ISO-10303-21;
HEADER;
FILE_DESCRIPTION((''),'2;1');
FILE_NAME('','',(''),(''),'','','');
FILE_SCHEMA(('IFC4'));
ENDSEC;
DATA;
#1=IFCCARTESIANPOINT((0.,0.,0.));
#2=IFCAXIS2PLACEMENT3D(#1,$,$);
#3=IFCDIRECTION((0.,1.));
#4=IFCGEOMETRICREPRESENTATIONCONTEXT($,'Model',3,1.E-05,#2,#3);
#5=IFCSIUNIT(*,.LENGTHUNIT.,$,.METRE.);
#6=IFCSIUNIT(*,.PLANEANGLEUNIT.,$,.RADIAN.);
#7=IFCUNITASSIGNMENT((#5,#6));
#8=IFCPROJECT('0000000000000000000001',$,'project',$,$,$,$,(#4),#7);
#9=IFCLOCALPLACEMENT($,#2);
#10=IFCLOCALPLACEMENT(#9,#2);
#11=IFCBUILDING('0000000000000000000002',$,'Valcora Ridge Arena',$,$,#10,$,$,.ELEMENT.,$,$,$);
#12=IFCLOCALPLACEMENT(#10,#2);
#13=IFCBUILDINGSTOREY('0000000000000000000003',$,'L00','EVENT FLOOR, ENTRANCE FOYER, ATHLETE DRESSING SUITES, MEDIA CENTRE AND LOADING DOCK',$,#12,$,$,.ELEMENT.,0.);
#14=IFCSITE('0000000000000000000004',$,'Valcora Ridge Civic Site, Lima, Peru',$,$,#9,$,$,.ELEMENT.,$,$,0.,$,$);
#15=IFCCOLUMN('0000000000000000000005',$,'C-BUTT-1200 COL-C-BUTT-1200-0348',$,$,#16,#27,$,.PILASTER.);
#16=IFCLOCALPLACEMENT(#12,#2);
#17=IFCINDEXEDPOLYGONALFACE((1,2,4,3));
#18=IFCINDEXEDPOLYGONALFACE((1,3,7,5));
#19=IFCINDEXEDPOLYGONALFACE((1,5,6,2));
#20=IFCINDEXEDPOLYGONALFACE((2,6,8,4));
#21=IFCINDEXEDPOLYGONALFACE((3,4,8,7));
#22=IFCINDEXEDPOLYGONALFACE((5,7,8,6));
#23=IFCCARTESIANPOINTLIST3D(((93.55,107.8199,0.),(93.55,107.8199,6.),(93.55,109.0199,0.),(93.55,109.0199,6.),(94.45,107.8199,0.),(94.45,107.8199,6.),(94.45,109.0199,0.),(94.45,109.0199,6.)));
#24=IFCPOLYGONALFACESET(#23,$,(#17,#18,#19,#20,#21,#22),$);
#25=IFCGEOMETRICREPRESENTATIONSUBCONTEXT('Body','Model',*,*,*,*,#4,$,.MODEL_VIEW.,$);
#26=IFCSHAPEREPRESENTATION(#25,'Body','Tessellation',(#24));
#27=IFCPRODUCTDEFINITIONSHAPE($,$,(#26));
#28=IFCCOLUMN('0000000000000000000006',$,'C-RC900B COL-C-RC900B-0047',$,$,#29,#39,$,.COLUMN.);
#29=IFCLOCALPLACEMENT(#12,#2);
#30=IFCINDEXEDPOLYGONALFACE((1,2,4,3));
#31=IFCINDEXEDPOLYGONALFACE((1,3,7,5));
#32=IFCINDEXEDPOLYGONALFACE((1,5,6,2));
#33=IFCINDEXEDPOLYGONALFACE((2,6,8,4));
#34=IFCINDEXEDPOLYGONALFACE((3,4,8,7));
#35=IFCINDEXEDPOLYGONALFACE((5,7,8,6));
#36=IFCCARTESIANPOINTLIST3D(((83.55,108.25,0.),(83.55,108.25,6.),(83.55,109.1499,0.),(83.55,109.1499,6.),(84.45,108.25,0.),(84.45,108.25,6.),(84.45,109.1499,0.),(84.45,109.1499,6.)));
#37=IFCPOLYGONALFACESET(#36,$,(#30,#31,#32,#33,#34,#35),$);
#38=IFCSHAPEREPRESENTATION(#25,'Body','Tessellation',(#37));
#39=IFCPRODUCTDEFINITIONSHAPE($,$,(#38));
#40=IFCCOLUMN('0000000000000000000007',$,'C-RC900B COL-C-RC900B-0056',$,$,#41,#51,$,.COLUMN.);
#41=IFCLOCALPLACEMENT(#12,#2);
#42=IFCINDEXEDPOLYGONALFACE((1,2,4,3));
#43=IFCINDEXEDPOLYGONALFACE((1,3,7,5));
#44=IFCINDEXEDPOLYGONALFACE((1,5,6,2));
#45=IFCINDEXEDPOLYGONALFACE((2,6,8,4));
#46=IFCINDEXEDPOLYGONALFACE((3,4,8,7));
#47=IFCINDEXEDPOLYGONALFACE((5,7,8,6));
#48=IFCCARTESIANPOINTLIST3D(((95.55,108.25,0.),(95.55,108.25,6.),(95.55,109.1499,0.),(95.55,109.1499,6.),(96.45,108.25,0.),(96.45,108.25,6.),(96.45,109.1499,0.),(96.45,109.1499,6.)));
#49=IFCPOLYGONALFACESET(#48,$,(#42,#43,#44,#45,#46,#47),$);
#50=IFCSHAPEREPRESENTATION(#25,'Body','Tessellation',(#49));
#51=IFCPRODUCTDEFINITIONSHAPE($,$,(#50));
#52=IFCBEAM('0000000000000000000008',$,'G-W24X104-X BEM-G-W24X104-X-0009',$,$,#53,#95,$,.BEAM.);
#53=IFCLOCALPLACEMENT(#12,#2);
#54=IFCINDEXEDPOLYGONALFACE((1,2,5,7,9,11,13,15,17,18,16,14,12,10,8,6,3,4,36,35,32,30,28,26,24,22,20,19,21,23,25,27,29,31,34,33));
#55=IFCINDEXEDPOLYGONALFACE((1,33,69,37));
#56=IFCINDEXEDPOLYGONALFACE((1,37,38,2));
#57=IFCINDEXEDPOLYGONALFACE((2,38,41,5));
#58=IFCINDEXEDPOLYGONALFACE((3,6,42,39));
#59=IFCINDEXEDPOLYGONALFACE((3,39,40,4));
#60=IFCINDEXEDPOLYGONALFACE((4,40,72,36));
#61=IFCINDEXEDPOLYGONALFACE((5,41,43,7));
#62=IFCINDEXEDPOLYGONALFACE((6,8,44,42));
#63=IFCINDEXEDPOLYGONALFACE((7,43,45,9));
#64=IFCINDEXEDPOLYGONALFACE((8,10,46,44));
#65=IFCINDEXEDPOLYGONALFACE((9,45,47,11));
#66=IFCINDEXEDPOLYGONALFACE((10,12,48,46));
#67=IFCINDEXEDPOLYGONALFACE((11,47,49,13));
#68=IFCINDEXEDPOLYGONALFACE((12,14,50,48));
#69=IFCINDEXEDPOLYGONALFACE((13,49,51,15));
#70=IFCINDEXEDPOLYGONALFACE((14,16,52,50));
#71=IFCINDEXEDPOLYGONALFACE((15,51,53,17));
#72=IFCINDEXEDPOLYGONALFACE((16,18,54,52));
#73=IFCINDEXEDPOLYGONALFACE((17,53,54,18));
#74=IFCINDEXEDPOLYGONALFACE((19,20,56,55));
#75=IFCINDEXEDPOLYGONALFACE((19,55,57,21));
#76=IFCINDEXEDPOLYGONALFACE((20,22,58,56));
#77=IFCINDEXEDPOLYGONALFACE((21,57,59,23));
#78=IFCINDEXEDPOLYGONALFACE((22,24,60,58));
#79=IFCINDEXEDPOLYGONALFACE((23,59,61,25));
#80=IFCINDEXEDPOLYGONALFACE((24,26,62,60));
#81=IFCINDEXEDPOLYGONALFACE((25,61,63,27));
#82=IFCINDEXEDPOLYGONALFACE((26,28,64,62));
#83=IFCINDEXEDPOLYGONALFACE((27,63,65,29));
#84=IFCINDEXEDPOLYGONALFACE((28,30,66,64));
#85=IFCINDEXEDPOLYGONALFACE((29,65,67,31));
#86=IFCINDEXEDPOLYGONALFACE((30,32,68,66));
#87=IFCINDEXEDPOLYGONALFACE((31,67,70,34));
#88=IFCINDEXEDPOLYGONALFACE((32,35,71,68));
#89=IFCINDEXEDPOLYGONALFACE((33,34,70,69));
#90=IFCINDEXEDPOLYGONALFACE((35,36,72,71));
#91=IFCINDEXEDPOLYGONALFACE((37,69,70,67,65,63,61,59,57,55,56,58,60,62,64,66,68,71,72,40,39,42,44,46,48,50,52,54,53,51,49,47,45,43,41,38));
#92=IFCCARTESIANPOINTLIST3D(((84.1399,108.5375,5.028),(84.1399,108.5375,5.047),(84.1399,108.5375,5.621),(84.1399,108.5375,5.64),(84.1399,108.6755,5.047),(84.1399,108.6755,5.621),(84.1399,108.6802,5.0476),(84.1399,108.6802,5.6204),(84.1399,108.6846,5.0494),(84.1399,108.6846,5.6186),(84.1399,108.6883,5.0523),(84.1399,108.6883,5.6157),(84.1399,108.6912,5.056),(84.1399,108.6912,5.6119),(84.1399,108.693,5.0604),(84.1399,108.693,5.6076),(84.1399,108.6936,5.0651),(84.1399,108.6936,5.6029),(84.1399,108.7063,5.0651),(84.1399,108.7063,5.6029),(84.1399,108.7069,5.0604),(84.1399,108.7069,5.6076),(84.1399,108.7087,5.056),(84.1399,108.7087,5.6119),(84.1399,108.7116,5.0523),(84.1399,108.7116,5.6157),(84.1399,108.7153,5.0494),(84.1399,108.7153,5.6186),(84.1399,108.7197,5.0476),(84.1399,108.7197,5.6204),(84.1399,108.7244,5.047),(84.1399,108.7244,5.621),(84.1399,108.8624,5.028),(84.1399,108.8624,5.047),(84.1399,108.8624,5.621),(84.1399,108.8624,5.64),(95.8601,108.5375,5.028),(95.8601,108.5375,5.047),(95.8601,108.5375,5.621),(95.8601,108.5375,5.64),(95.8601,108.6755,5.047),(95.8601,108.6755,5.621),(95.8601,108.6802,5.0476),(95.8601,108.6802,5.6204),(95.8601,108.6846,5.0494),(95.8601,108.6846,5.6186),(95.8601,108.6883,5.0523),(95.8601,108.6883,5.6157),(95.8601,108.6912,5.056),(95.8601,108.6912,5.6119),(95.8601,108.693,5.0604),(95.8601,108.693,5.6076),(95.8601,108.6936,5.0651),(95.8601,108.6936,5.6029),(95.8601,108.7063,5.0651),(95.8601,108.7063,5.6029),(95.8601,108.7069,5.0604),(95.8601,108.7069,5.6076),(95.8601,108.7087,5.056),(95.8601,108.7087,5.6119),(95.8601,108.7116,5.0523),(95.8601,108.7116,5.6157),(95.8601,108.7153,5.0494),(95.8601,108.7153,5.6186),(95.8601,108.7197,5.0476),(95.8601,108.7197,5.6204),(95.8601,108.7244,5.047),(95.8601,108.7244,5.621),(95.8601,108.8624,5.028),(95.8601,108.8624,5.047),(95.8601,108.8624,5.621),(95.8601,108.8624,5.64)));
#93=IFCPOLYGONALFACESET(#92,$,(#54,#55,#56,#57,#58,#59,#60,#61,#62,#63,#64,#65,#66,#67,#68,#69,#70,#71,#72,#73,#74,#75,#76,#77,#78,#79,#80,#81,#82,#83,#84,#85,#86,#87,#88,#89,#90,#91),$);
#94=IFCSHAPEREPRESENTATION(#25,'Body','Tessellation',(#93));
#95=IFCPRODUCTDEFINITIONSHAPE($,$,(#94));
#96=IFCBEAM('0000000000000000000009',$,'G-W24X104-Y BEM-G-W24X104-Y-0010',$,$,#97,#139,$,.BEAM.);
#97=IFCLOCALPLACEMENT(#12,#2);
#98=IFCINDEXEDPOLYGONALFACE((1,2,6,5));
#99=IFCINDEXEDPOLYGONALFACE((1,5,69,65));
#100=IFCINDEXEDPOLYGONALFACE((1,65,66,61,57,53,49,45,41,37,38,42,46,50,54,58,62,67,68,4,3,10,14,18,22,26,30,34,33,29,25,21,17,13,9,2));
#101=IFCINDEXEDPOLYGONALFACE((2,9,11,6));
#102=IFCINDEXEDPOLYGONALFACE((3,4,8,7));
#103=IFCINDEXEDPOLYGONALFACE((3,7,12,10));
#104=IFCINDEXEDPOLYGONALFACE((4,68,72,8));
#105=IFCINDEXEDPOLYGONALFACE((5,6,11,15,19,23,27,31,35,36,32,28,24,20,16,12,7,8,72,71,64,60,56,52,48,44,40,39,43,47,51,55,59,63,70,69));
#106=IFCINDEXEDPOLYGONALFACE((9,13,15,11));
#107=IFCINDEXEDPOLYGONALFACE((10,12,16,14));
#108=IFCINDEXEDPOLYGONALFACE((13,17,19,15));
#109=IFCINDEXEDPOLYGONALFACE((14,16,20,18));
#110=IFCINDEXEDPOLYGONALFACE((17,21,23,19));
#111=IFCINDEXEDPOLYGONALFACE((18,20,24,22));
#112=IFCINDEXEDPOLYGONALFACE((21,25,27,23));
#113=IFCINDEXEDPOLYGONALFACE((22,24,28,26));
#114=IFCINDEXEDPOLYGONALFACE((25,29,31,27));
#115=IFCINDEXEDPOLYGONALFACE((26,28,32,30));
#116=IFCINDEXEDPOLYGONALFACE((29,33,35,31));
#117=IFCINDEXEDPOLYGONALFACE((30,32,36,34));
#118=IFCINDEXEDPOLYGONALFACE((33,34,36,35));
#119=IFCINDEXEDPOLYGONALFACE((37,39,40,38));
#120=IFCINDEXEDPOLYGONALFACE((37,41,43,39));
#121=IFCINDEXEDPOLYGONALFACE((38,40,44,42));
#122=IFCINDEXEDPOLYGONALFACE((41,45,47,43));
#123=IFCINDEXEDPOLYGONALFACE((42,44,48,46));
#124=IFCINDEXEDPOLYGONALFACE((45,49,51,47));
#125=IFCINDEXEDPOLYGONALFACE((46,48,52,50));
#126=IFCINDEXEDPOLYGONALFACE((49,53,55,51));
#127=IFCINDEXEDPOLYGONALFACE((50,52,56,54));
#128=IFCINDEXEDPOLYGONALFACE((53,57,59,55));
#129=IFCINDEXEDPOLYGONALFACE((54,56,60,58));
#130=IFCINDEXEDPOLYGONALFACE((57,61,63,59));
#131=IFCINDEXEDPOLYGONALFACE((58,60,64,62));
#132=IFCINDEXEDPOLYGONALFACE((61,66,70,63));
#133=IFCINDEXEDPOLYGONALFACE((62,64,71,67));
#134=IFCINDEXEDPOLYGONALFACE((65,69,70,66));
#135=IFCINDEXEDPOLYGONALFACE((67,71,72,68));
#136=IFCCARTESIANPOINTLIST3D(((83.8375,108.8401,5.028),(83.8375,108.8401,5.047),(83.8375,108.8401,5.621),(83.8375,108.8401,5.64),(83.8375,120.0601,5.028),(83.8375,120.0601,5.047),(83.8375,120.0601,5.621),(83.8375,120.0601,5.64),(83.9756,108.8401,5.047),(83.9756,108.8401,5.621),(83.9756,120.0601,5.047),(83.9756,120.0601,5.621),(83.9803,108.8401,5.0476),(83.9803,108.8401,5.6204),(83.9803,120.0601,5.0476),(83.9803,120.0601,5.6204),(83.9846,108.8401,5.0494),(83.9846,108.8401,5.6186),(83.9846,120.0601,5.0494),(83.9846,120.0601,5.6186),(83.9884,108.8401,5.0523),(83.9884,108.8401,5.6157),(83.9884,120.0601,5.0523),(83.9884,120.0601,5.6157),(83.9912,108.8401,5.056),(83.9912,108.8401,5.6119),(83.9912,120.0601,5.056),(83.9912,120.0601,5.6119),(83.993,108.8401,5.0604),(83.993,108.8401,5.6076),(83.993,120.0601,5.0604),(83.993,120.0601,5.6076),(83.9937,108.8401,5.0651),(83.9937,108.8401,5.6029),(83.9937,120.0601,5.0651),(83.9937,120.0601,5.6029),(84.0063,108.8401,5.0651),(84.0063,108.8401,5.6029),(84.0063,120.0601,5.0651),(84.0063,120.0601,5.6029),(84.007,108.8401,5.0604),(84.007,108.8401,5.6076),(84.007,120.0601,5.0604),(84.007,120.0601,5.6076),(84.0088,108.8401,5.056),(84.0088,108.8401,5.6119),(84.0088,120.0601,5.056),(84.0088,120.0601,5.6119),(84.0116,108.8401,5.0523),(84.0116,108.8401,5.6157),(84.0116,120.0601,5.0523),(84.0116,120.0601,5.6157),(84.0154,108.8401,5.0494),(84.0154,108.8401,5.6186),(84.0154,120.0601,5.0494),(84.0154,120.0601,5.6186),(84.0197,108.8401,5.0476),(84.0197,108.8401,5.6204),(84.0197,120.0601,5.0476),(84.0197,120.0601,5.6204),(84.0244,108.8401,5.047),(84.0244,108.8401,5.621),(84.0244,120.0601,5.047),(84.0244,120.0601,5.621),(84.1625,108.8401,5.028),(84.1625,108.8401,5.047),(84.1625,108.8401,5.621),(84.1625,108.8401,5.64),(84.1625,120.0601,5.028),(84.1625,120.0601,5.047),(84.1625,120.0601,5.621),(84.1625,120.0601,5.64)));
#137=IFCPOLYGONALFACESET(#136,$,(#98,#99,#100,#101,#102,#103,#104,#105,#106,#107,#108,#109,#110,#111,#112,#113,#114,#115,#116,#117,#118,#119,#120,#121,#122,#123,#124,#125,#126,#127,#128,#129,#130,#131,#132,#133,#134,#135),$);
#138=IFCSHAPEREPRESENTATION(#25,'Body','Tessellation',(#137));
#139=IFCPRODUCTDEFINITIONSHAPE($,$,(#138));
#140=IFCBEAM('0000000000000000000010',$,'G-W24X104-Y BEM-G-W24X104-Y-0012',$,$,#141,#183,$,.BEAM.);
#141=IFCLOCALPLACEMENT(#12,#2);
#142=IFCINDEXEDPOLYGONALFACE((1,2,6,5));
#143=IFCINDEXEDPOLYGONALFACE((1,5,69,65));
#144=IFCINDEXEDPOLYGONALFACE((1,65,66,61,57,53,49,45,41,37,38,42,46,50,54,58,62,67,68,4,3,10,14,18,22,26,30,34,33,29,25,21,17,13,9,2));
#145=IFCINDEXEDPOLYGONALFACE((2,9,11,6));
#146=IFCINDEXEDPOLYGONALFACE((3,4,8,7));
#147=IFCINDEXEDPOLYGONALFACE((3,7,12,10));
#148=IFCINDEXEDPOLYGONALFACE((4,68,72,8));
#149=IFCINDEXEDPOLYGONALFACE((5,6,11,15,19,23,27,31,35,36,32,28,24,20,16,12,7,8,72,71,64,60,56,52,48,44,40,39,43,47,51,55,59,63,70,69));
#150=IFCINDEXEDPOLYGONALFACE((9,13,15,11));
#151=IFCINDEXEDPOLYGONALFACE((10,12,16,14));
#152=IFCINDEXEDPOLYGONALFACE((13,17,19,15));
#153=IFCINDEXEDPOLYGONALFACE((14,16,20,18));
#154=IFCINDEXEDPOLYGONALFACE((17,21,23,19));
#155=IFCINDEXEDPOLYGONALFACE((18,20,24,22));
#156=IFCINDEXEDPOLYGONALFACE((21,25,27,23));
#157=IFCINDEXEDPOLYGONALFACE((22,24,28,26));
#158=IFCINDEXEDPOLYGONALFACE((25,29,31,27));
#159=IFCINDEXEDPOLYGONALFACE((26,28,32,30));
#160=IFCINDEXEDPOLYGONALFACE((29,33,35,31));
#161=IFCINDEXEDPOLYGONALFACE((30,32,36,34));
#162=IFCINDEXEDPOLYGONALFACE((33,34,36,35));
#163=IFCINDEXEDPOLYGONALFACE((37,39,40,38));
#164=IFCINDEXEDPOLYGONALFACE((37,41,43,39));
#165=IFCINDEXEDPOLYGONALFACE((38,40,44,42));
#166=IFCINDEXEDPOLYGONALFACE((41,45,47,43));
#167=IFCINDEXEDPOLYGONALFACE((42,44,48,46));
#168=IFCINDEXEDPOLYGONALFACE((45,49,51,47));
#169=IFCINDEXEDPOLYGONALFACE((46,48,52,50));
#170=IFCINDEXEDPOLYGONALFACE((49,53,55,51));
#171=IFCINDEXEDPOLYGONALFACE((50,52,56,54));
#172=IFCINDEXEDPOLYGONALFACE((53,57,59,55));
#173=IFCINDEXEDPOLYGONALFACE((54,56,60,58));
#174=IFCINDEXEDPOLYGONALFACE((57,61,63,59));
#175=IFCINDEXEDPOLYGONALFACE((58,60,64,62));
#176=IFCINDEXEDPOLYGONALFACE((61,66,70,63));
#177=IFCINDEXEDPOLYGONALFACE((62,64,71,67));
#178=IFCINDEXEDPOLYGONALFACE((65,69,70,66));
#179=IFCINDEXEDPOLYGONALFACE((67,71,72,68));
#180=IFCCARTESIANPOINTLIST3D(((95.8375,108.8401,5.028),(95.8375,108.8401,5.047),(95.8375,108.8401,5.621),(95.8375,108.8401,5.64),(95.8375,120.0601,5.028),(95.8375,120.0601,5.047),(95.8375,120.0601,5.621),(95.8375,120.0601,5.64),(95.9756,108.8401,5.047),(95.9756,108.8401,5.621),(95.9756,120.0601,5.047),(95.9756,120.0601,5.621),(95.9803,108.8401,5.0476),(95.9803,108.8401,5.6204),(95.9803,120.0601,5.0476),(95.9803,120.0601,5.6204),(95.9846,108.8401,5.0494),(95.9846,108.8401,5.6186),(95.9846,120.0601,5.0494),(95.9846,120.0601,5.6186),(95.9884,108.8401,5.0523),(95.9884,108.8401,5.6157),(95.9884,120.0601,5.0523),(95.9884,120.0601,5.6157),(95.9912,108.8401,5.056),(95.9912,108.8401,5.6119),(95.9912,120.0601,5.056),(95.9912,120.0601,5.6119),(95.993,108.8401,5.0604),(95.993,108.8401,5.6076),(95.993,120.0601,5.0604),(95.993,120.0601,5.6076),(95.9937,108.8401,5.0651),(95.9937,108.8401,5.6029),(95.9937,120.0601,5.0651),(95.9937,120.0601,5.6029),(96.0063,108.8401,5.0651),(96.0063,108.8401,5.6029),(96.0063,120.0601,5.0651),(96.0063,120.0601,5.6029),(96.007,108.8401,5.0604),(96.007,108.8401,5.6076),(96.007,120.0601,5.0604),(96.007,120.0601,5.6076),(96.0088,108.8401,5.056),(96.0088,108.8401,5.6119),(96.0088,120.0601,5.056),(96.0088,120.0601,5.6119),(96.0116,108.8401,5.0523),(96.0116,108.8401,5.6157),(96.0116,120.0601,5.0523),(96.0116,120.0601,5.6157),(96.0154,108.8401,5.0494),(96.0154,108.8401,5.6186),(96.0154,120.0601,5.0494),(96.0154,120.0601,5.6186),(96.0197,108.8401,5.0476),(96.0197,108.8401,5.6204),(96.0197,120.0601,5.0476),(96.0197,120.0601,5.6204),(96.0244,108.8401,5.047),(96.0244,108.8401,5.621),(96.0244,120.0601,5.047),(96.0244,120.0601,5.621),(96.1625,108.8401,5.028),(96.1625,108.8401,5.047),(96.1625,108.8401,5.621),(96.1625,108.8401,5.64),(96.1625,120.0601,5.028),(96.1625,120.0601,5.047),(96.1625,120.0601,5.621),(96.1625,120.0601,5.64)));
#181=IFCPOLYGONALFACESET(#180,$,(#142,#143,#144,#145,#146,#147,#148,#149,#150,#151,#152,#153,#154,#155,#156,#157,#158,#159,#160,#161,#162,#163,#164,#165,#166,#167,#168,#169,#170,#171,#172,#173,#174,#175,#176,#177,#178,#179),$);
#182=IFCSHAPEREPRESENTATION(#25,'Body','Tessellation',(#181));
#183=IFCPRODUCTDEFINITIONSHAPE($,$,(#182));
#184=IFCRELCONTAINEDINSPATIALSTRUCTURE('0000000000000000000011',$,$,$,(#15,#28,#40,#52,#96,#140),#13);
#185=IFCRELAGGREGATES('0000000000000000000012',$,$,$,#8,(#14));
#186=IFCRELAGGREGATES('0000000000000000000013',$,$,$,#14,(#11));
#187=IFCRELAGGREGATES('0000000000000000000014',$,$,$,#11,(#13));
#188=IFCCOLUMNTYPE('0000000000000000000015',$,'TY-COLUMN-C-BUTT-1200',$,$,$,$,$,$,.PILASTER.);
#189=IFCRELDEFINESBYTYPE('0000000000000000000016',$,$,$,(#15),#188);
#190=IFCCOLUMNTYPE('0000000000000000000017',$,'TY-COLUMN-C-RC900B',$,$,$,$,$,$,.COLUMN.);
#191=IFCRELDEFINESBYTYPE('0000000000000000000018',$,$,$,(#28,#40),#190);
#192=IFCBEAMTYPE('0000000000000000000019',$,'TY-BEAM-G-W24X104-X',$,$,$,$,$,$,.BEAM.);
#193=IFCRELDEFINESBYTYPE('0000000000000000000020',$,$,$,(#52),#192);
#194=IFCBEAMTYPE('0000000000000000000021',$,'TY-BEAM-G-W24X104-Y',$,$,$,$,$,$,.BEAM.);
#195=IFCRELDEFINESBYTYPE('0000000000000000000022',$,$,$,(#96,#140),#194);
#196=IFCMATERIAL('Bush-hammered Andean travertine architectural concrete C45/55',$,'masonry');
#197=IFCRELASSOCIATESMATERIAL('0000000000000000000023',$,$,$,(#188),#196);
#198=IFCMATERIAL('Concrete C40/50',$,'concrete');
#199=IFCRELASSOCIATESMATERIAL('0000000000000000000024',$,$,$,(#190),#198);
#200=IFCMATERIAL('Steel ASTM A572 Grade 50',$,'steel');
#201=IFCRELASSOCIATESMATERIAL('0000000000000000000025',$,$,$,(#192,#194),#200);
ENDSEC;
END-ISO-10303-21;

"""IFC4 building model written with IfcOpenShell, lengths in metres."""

from ifc_helpers import new_model, si_unit, direction, frame, origin, origin_2d, place, context, subcontext, project, spatial, rectangle, i_section, extrude, material, material_profile, profile_set, type_object, element, save


model = new_model("IFC4")

# Units and contexts
model_context = context("Model", 3, precision=1e-05, world=origin(), true_north=direction((0.0, 1.0)))
body_context = subcontext(model_context, "Body", "Model", "MODEL_VIEW")
ifc_project = project(units=[si_unit("LENGTHUNIT", "METRE"), si_unit("PLANEANGLEUNIT", "RADIAN")], contexts=[model_context])

# Site, building, storey
site_placement = place(None, origin())
site = spatial("IfcSite", under=ifc_project, at=site_placement, Name="Valcora Ridge Civic Site, Lima, Peru", CompositionType="ELEMENT", RefElevation=0.0)
building_placement = place(site_placement, origin())
building = spatial("IfcBuilding", under=site, at=building_placement, Name="Valcora Ridge Arena", CompositionType="ELEMENT")
storey_placement = place(building_placement, origin())
storey = spatial("IfcBuildingStorey", under=building, at=storey_placement, Name="L00", Description="EVENT FLOOR, ENTRANCE FOYER, ATHLETE DRESSING SUITES, MEDIA CENTRE AND LOADING DOCK", CompositionType="ELEMENT", Elevation=0.0)

# Columns
ifc_material_1 = material(Name="Bush-hammered Andean travertine architectural concrete C45/55", Category="masonry")
ifc_material_profile_1 = material_profile(ifc_material_1, rectangle(XDim=0.8999, YDim=1.2, at=origin_2d()), Name="RC 900x1200")
ifc_profile_set_1 = profile_set([ifc_material_profile_1], Name="Bush-hammered Andean travertine architectural concrete C45/55")
column_type_1 = type_object("IfcColumnType", Name="TY-COLUMN-C-BUTT-1200", PredefinedType="PILASTER", material=ifc_profile_set_1)
column_placement = place(storey_placement, frame((94.0, 108.4199, 0.0), z_axis=(0.0, 0.0, 1.0), x_axis=(1.0, 0.0, 0.0)))
element("IfcColumn", 1, at=column_placement, inside=storey, type_object=column_type_1, Name="C-BUTT-1200 COL-C-BUTT-1200-0348", PredefinedType="PILASTER", context=body_context, shape_type="SweptSolid", body=[
    extrude(rectangle(XDim=0.8999, YDim=1.2, at=origin_2d()), origin(), (0.0, 0.0, 1.0), 6.0),
])
ifc_material_2 = material(Name="Concrete C40/50", Category="concrete")
ifc_material_profile_2 = material_profile(ifc_material_2, rectangle(XDim=0.8999, YDim=0.8999, at=origin_2d()), Name="RC 900x900")
ifc_profile_set_2 = profile_set([ifc_material_profile_2], Name="Concrete C40/50")
column_type_2 = type_object("IfcColumnType", Name="TY-COLUMN-C-RC900B", PredefinedType="COLUMN", material=ifc_profile_set_2)
for number, where, z_axis, x_axis, name in (
    (2, (84.0, 108.7, 0.0), (0.0, 0.0, 1.0), (1.0, 0.0, 0.0), "C-RC900B COL-C-RC900B-0047"),
    (3, (96.0, 108.7, 0.0), (0.0, 0.0, 1.0), (1.0, 0.0, 0.0), "C-RC900B COL-C-RC900B-0056"),
):
    element("IfcColumn", number, at=place(storey_placement, frame(where, z_axis=z_axis, x_axis=x_axis)), inside=storey, type_object=column_type_2, Name=name, PredefinedType="COLUMN", context=body_context, shape_type="SweptSolid", body=[
        extrude(rectangle(XDim=0.8999, YDim=0.8999, at=origin_2d()), origin(), (0.0, 0.0, 1.0), 6.0),
    ])

# Beams
ifc_material_3 = material(Name="Steel ASTM A572 Grade 50", Category="steel")
ifc_material_profile_3 = material_profile(ifc_material_3, i_section(OverallWidth=0.325, OverallDepth=0.6121, WebThickness=0.0127, FlangeThickness=0.019, FilletRadius=0.0181, at=origin_2d()), Name="W24X104")
ifc_profile_set_3 = profile_set([ifc_material_profile_3], Name="Steel ASTM A572 Grade 50")
beam_type_1 = type_object("IfcBeamType", Name="TY-BEAM-G-W24X104-X", PredefinedType="BEAM", material=ifc_profile_set_3)
beam_1_placement = place(storey_placement, frame((84.1399, 108.7, 5.334), z_axis=(1.0, 0.0, 0.0), x_axis=(0.0, 1.0, 0.0)))
element("IfcBeam", 4, at=beam_1_placement, inside=storey, type_object=beam_type_1, Name="G-W24X104-X BEM-G-W24X104-X-0009", PredefinedType="BEAM", context=body_context, shape_type="SweptSolid", body=[
    extrude(i_section(OverallWidth=0.325, OverallDepth=0.6121, WebThickness=0.0127, FlangeThickness=0.019, FilletRadius=0.0181, at=origin_2d()), origin(), (0.0, 0.0, 1.0), 11.7202),
])
ifc_material_profile_4 = material_profile(ifc_material_3, i_section(OverallWidth=0.325, OverallDepth=0.6121, WebThickness=0.0127, FlangeThickness=0.019, FilletRadius=0.0181, at=origin_2d()), Name="W24X104")
ifc_profile_set_4 = profile_set([ifc_material_profile_4], Name="Steel ASTM A572 Grade 50")
beam_type_2 = type_object("IfcBeamType", Name="TY-BEAM-G-W24X104-Y", PredefinedType="BEAM", material=ifc_profile_set_4)
for number, where, z_axis, x_axis, name in (
    (5, (84.0, 108.8401, 5.334), (0.0, 1.0, 0.0), (-1.0, 0.0, 0.0), "G-W24X104-Y BEM-G-W24X104-Y-0010"),
    (6, (96.0, 108.8401, 5.334), (0.0, 1.0, 0.0), (-1.0, 0.0, 0.0), "G-W24X104-Y BEM-G-W24X104-Y-0012"),
):
    element("IfcBeam", number, at=place(storey_placement, frame(where, z_axis=z_axis, x_axis=x_axis)), inside=storey, type_object=beam_type_2, Name=name, PredefinedType="BEAM", context=body_context, shape_type="SweptSolid", body=[
        extrude(i_section(OverallWidth=0.325, OverallDepth=0.6121, WebThickness=0.0127, FlangeThickness=0.019, FilletRadius=0.0181, at=origin_2d()), origin(), (0.0, 0.0, 1.0), 11.22),
    ])

save(model, "model.ifc")
